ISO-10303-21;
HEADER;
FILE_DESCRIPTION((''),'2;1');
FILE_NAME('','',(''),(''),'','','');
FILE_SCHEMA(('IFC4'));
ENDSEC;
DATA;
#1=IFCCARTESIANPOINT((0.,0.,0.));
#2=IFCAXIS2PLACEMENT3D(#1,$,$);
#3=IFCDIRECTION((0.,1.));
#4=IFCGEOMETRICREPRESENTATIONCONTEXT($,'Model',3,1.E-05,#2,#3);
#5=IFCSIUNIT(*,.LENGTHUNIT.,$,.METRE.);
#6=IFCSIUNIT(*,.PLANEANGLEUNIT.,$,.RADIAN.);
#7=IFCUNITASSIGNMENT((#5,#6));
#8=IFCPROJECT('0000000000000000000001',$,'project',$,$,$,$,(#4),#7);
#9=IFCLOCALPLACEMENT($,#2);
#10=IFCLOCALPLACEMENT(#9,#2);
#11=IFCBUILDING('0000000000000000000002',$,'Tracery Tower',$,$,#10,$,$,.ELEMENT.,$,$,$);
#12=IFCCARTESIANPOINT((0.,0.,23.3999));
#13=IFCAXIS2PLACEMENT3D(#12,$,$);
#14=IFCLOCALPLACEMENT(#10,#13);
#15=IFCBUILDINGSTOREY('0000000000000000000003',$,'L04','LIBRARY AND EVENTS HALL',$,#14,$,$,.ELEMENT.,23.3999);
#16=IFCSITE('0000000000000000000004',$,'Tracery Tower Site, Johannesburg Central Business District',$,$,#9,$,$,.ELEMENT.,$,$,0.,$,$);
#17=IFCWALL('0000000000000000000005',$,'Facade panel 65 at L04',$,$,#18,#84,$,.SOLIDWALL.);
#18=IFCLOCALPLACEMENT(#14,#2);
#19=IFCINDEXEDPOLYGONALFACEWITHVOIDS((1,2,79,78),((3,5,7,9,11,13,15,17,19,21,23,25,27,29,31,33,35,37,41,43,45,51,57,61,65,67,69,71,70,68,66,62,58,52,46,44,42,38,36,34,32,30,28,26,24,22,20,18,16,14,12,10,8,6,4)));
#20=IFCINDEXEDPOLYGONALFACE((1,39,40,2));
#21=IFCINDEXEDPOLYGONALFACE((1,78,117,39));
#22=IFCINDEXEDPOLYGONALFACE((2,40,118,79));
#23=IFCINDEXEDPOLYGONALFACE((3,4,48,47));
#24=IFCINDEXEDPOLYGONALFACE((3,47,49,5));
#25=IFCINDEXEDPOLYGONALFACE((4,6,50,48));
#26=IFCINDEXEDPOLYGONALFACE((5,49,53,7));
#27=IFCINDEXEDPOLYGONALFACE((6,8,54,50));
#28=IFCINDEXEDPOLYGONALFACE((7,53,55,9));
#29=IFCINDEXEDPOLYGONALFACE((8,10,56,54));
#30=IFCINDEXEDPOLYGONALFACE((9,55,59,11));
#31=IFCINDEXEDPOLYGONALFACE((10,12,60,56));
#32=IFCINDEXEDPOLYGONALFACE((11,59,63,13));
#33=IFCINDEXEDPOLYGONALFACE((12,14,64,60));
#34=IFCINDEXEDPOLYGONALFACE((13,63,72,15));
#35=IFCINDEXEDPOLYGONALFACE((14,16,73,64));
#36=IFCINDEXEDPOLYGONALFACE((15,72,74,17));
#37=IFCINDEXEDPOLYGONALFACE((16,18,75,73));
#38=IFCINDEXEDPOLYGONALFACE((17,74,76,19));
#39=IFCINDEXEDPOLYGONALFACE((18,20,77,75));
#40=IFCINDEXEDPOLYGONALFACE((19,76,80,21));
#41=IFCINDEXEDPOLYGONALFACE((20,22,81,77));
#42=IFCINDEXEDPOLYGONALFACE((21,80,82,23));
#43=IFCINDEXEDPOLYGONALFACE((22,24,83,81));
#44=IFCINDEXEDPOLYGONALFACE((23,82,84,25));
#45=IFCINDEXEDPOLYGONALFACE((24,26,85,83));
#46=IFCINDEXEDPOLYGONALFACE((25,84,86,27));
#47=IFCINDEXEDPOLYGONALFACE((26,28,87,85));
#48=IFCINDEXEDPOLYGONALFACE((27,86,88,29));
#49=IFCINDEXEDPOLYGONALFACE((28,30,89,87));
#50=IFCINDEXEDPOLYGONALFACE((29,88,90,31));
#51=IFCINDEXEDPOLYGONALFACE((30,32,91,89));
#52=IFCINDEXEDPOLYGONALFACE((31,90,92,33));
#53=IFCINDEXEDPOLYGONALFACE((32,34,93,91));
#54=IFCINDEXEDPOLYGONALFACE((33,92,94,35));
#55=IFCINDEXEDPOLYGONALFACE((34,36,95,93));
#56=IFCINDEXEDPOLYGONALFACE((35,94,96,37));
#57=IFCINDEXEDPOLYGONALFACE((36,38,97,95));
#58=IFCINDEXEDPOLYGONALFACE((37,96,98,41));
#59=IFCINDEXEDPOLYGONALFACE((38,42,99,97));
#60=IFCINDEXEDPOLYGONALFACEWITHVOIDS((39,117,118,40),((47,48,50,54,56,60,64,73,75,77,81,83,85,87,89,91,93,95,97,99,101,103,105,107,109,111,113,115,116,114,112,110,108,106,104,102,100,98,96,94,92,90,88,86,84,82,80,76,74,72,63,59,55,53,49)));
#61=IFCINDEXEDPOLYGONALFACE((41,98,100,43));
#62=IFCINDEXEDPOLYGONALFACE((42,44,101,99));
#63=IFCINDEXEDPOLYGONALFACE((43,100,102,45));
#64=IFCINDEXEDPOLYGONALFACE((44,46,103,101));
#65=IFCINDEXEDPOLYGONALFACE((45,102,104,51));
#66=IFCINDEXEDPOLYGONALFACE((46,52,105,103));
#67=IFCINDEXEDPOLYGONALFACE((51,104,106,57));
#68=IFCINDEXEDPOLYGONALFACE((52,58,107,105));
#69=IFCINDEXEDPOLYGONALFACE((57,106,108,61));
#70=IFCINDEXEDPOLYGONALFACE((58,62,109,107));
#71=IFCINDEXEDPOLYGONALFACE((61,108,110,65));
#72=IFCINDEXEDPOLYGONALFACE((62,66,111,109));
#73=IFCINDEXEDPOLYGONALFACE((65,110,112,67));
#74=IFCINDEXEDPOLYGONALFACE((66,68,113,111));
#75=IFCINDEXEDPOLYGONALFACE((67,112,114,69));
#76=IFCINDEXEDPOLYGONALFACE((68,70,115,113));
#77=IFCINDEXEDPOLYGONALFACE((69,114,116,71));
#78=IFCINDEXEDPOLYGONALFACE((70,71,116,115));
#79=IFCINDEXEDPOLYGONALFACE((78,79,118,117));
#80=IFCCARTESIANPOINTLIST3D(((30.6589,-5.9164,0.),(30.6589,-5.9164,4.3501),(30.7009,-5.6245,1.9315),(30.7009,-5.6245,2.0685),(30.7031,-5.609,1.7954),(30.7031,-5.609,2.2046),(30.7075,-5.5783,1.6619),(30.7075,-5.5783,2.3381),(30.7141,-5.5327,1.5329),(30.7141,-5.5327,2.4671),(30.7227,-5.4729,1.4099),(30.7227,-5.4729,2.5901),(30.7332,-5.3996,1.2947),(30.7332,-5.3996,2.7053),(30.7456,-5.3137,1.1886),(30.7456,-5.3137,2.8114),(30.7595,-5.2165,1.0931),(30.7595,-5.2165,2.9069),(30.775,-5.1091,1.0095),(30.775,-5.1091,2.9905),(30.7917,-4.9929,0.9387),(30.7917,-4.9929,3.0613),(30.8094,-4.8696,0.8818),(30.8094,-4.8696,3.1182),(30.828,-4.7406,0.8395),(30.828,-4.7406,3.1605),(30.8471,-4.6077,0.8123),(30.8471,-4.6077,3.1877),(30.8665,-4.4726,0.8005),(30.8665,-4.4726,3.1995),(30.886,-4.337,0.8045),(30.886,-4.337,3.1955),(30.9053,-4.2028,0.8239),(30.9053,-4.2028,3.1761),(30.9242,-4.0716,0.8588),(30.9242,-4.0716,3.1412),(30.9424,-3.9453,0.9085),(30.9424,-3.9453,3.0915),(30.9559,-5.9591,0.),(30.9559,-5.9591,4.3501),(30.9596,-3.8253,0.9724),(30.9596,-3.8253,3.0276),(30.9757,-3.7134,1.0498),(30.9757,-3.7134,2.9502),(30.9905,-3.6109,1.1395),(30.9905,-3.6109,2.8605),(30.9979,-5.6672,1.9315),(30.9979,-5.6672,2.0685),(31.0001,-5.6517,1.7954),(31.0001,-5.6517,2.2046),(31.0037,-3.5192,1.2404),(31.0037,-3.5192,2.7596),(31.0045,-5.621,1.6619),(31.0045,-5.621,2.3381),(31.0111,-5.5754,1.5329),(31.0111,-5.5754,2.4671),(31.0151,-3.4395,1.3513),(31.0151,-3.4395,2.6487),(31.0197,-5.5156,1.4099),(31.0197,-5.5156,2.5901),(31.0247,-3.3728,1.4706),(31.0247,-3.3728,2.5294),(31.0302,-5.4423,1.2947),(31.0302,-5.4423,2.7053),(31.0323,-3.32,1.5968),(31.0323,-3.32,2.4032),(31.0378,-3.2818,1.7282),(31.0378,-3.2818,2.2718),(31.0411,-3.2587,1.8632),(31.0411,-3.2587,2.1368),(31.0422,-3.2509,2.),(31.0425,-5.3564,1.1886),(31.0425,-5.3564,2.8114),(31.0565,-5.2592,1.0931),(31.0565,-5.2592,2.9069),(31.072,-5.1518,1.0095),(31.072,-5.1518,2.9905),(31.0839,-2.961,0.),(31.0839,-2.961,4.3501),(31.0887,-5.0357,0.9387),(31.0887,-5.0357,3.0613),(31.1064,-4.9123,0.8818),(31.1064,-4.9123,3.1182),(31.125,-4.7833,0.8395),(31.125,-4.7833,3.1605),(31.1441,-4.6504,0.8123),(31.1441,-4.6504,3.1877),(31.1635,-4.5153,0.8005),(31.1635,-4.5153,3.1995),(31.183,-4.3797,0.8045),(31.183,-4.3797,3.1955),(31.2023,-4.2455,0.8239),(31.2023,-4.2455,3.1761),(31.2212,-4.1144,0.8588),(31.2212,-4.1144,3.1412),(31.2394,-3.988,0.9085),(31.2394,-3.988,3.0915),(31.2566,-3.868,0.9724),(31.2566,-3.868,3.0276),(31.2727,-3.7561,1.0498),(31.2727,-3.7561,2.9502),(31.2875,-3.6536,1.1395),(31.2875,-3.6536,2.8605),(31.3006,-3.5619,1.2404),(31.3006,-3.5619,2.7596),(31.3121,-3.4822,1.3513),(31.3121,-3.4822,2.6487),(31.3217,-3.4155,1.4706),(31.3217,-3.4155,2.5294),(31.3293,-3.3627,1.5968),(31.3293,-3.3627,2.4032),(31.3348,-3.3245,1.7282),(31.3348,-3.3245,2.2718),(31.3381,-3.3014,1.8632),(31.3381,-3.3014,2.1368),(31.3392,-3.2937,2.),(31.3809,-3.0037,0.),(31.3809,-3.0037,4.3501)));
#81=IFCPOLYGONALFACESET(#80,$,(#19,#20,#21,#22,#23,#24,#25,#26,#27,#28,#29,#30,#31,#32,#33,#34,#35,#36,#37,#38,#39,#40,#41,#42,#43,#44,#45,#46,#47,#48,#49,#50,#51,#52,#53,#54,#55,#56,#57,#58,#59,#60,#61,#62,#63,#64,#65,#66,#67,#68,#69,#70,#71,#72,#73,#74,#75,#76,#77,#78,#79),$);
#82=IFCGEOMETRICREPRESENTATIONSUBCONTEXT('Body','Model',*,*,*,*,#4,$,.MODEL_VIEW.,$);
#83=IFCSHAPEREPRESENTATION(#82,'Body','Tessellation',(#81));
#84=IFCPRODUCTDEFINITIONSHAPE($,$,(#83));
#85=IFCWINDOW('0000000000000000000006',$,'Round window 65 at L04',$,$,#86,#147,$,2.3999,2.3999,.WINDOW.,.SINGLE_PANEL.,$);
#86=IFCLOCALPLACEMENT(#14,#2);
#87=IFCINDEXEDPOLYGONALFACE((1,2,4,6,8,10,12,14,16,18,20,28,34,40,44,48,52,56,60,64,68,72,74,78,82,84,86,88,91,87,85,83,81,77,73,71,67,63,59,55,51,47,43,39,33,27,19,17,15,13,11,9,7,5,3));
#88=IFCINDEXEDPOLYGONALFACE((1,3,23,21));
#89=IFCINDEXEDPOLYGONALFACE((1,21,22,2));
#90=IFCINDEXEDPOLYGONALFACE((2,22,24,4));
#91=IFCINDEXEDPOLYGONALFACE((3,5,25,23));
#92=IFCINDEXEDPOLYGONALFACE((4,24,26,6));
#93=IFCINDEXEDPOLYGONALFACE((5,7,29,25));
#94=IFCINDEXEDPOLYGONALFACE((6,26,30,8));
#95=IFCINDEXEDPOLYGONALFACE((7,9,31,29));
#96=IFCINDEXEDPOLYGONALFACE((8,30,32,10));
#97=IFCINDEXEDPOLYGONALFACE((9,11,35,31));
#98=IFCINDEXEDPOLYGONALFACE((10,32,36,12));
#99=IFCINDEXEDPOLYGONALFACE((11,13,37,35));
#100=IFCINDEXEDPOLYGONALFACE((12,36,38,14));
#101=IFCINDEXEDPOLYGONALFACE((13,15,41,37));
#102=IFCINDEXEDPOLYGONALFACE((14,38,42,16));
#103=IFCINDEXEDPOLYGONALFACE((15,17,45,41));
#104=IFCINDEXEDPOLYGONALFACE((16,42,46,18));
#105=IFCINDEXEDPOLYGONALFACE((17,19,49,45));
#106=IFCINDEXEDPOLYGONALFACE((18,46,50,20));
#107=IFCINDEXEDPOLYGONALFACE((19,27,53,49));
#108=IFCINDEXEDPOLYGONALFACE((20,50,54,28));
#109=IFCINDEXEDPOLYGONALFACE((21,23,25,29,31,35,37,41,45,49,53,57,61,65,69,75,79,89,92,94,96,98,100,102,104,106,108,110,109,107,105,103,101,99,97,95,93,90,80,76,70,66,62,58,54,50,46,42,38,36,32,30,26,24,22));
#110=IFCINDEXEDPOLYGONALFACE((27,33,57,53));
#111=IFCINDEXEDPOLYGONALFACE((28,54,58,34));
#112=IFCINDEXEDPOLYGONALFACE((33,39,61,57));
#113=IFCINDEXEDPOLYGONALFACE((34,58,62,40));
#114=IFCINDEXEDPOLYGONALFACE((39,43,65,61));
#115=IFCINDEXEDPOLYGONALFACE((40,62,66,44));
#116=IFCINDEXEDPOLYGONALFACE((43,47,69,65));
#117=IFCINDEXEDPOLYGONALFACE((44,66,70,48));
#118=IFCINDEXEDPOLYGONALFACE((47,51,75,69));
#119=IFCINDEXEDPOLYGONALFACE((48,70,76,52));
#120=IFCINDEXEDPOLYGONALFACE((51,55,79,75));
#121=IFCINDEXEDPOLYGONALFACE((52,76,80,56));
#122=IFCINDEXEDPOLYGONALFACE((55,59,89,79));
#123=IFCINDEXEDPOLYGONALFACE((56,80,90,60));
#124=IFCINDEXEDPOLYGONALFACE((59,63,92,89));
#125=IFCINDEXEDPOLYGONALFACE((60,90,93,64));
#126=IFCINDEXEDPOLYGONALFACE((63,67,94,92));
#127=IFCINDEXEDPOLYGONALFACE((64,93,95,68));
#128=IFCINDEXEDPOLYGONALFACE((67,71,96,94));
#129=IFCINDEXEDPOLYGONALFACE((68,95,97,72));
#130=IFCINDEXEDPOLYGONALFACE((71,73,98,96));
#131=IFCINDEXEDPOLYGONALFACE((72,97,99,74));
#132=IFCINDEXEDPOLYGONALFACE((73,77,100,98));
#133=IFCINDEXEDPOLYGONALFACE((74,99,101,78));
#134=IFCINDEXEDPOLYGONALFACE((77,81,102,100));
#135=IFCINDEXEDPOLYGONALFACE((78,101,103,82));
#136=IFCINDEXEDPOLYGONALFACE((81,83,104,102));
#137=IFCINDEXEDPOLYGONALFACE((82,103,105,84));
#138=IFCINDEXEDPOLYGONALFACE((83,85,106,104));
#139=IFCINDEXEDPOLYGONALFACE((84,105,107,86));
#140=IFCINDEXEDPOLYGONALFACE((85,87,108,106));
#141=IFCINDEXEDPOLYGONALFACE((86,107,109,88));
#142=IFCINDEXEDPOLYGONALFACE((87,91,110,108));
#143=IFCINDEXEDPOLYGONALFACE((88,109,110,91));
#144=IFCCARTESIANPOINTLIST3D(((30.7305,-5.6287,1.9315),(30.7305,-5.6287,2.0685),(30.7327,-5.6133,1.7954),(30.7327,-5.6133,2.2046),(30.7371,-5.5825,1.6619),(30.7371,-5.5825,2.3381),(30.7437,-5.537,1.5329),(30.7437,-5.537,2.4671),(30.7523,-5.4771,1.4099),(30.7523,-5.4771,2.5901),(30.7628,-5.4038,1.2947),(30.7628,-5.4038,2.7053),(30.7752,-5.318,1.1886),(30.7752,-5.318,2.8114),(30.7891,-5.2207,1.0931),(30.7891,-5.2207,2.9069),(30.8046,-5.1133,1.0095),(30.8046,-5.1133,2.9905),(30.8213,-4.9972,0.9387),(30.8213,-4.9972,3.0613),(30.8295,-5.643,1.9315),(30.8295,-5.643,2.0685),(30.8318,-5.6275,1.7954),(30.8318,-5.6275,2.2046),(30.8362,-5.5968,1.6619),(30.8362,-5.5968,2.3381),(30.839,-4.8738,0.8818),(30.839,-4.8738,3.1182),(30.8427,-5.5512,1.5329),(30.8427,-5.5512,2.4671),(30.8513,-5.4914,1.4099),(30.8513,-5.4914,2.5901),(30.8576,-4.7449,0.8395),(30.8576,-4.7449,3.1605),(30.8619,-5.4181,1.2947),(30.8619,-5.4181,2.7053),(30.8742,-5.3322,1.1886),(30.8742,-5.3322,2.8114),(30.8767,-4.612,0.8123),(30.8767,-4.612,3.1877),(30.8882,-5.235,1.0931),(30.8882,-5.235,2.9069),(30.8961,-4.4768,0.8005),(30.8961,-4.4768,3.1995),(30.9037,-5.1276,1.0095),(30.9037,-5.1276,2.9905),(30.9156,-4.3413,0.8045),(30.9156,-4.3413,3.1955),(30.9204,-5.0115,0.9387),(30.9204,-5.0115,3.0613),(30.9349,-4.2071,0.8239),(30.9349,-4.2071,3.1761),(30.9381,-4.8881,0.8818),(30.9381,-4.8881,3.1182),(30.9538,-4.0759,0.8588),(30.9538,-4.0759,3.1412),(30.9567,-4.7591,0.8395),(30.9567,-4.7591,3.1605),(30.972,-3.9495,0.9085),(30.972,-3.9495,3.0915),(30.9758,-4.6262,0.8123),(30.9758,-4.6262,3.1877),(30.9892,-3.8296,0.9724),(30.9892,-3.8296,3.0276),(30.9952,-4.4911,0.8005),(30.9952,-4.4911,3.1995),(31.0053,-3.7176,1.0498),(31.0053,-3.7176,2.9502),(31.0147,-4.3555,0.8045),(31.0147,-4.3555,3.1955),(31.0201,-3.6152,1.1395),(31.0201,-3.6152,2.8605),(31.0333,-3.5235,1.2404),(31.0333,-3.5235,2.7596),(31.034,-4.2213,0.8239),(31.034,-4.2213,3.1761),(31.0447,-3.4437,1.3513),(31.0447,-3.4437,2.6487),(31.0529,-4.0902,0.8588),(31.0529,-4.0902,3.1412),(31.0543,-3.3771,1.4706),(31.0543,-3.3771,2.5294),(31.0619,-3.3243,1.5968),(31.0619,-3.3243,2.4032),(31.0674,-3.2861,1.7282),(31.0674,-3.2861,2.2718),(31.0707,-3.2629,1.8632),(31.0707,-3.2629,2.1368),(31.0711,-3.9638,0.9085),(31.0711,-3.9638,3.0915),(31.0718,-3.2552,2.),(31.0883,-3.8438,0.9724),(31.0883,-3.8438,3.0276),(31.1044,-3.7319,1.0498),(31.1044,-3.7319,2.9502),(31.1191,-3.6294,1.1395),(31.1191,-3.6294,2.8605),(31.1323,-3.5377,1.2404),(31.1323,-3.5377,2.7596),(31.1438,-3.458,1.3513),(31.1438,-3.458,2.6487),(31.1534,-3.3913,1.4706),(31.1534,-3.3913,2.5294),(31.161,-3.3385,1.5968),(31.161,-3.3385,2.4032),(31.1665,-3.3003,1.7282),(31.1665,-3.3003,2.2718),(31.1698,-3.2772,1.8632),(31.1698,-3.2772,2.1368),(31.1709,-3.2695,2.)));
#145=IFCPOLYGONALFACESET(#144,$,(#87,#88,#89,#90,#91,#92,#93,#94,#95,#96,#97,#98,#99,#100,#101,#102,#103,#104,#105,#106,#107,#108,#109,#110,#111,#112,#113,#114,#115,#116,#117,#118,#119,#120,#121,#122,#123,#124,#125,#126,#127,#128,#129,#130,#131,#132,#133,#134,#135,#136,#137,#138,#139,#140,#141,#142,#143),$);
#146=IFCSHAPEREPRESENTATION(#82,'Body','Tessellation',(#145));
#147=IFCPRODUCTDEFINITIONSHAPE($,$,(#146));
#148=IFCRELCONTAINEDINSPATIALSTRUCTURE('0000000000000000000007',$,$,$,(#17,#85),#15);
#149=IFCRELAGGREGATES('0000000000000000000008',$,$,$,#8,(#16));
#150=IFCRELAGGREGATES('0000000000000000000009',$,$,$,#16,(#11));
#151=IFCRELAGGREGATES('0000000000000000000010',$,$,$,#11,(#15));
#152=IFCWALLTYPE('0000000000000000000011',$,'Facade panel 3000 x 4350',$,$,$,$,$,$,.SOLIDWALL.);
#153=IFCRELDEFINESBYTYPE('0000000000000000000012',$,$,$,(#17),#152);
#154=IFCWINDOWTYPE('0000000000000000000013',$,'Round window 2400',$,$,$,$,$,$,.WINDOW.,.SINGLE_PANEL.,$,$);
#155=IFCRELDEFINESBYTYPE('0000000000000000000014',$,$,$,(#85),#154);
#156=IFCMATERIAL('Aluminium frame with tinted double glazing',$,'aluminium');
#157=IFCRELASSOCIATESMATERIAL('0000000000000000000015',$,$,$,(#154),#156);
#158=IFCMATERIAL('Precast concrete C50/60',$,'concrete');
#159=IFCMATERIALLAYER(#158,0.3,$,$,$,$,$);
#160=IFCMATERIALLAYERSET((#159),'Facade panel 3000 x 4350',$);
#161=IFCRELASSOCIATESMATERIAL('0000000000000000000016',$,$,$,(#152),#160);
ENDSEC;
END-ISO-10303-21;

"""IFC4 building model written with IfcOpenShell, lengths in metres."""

from ifc_helpers import new_model, si_unit, direction, frame, frame_2d, origin, origin_2d, place, context, subcontext, project, spatial, rectangle, circle, extrude, material, layer, layer_set, type_object, element, fill, save


model = new_model("IFC4")

# Units and contexts
model_context = context("Model", 3, precision=1e-05, world=origin(), true_north=direction((0.0, 1.0)))
body_context = subcontext(model_context, "Body", "Model", "MODEL_VIEW")
ifc_project = project(units=[si_unit("LENGTHUNIT", "METRE"), si_unit("PLANEANGLEUNIT", "RADIAN")], contexts=[model_context])

# Site, building, storey
site_placement = place(None, origin())
site = spatial("IfcSite", under=ifc_project, at=site_placement, Name="Tracery Tower Site, Johannesburg Central Business District", CompositionType="ELEMENT", RefElevation=0.0)
building_placement = place(site_placement, origin())
building = spatial("IfcBuilding", under=site, at=building_placement, Name="Tracery Tower", CompositionType="ELEMENT")
storey_placement = place(building_placement, frame((0.0, 0.0, 23.3999)))
storey = spatial("IfcBuildingStorey", under=building, at=storey_placement, Name="L04", Description="LIBRARY AND EVENTS HALL", CompositionType="ELEMENT", Elevation=23.3999)

# Wall, opening, window
ifc_material_1 = material(Name="Aluminium frame with tinted double glazing", Category="aluminium")
window_type = type_object("IfcWindowType", Name="Round window 2400", PartitioningType="SINGLE_PANEL", PredefinedType="WINDOW", material=ifc_material_1)
ifc_material_2 = material(Name="Precast concrete C50/60", Category="concrete")
ifc_layer_1 = layer(ifc_material_2, 0.3)
ifc_layer_set_1 = layer_set([ifc_layer_1], Name="Facade panel 3000 x 4350")
wall_type_1 = type_object("IfcWallType", Name="Facade panel 3000 x 4350", PredefinedType="SOLIDWALL", material=ifc_layer_set_1)
wall_1_placement = place(storey_placement, frame((30.8074, -5.9377, 0.0), z_axis=(0.0, 0.0, 1.0), x_axis=(0.14236, 0.989815, 0.0)))
wall_1 = element("IfcWall", 1, at=wall_1_placement, inside=storey, type_object=wall_type_1, Name="Facade panel 65 at L04", PredefinedType="SOLIDWALL", context=body_context, shape_type="SweptSolid", body=[
    extrude(rectangle(XDim=2.9858, YDim=0.3, at=frame_2d((1.4929, 0.0))), origin(), (0.0, 0.0, 1.0), 4.3501),
])
opening_1_placement = place(wall_1_placement, frame((1.4929, 0.0, 2.0)))
opening_1 = element("IfcOpeningElement", 2, at=opening_1_placement, cuts=wall_1, PredefinedType="OPENING", context=body_context, shape_type="SweptSolid", body=[
    extrude(circle(Radius=1.2, at=origin_2d()), frame((0.0, 0.1599, 0.0), z_axis=(0.0, -1.0, 0.0), x_axis=(1.0, 0.0, 0.0)), (0.0, 0.0, 1.0), 0.3201),
])
window_1_placement = place(opening_1_placement, origin())
window_1 = element("IfcWindow", 3, at=window_1_placement, inside=storey, type_object=window_type, Name="Round window 65 at L04", OverallHeight=2.3999, OverallWidth=2.3999, PartitioningType="SINGLE_PANEL", PredefinedType="WINDOW", context=body_context, shape_type="SweptSolid", body=[
    extrude(circle(Radius=1.2, at=origin_2d()), frame((0.0, 0.1201, 0.0), z_axis=(0.0, -1.0, 0.0), x_axis=(1.0, 0.0, 0.0)), (0.0, 0.0, 1.0), 0.1001),
])
fill(opening_1, window_1)

save(model, "model.ifc")
